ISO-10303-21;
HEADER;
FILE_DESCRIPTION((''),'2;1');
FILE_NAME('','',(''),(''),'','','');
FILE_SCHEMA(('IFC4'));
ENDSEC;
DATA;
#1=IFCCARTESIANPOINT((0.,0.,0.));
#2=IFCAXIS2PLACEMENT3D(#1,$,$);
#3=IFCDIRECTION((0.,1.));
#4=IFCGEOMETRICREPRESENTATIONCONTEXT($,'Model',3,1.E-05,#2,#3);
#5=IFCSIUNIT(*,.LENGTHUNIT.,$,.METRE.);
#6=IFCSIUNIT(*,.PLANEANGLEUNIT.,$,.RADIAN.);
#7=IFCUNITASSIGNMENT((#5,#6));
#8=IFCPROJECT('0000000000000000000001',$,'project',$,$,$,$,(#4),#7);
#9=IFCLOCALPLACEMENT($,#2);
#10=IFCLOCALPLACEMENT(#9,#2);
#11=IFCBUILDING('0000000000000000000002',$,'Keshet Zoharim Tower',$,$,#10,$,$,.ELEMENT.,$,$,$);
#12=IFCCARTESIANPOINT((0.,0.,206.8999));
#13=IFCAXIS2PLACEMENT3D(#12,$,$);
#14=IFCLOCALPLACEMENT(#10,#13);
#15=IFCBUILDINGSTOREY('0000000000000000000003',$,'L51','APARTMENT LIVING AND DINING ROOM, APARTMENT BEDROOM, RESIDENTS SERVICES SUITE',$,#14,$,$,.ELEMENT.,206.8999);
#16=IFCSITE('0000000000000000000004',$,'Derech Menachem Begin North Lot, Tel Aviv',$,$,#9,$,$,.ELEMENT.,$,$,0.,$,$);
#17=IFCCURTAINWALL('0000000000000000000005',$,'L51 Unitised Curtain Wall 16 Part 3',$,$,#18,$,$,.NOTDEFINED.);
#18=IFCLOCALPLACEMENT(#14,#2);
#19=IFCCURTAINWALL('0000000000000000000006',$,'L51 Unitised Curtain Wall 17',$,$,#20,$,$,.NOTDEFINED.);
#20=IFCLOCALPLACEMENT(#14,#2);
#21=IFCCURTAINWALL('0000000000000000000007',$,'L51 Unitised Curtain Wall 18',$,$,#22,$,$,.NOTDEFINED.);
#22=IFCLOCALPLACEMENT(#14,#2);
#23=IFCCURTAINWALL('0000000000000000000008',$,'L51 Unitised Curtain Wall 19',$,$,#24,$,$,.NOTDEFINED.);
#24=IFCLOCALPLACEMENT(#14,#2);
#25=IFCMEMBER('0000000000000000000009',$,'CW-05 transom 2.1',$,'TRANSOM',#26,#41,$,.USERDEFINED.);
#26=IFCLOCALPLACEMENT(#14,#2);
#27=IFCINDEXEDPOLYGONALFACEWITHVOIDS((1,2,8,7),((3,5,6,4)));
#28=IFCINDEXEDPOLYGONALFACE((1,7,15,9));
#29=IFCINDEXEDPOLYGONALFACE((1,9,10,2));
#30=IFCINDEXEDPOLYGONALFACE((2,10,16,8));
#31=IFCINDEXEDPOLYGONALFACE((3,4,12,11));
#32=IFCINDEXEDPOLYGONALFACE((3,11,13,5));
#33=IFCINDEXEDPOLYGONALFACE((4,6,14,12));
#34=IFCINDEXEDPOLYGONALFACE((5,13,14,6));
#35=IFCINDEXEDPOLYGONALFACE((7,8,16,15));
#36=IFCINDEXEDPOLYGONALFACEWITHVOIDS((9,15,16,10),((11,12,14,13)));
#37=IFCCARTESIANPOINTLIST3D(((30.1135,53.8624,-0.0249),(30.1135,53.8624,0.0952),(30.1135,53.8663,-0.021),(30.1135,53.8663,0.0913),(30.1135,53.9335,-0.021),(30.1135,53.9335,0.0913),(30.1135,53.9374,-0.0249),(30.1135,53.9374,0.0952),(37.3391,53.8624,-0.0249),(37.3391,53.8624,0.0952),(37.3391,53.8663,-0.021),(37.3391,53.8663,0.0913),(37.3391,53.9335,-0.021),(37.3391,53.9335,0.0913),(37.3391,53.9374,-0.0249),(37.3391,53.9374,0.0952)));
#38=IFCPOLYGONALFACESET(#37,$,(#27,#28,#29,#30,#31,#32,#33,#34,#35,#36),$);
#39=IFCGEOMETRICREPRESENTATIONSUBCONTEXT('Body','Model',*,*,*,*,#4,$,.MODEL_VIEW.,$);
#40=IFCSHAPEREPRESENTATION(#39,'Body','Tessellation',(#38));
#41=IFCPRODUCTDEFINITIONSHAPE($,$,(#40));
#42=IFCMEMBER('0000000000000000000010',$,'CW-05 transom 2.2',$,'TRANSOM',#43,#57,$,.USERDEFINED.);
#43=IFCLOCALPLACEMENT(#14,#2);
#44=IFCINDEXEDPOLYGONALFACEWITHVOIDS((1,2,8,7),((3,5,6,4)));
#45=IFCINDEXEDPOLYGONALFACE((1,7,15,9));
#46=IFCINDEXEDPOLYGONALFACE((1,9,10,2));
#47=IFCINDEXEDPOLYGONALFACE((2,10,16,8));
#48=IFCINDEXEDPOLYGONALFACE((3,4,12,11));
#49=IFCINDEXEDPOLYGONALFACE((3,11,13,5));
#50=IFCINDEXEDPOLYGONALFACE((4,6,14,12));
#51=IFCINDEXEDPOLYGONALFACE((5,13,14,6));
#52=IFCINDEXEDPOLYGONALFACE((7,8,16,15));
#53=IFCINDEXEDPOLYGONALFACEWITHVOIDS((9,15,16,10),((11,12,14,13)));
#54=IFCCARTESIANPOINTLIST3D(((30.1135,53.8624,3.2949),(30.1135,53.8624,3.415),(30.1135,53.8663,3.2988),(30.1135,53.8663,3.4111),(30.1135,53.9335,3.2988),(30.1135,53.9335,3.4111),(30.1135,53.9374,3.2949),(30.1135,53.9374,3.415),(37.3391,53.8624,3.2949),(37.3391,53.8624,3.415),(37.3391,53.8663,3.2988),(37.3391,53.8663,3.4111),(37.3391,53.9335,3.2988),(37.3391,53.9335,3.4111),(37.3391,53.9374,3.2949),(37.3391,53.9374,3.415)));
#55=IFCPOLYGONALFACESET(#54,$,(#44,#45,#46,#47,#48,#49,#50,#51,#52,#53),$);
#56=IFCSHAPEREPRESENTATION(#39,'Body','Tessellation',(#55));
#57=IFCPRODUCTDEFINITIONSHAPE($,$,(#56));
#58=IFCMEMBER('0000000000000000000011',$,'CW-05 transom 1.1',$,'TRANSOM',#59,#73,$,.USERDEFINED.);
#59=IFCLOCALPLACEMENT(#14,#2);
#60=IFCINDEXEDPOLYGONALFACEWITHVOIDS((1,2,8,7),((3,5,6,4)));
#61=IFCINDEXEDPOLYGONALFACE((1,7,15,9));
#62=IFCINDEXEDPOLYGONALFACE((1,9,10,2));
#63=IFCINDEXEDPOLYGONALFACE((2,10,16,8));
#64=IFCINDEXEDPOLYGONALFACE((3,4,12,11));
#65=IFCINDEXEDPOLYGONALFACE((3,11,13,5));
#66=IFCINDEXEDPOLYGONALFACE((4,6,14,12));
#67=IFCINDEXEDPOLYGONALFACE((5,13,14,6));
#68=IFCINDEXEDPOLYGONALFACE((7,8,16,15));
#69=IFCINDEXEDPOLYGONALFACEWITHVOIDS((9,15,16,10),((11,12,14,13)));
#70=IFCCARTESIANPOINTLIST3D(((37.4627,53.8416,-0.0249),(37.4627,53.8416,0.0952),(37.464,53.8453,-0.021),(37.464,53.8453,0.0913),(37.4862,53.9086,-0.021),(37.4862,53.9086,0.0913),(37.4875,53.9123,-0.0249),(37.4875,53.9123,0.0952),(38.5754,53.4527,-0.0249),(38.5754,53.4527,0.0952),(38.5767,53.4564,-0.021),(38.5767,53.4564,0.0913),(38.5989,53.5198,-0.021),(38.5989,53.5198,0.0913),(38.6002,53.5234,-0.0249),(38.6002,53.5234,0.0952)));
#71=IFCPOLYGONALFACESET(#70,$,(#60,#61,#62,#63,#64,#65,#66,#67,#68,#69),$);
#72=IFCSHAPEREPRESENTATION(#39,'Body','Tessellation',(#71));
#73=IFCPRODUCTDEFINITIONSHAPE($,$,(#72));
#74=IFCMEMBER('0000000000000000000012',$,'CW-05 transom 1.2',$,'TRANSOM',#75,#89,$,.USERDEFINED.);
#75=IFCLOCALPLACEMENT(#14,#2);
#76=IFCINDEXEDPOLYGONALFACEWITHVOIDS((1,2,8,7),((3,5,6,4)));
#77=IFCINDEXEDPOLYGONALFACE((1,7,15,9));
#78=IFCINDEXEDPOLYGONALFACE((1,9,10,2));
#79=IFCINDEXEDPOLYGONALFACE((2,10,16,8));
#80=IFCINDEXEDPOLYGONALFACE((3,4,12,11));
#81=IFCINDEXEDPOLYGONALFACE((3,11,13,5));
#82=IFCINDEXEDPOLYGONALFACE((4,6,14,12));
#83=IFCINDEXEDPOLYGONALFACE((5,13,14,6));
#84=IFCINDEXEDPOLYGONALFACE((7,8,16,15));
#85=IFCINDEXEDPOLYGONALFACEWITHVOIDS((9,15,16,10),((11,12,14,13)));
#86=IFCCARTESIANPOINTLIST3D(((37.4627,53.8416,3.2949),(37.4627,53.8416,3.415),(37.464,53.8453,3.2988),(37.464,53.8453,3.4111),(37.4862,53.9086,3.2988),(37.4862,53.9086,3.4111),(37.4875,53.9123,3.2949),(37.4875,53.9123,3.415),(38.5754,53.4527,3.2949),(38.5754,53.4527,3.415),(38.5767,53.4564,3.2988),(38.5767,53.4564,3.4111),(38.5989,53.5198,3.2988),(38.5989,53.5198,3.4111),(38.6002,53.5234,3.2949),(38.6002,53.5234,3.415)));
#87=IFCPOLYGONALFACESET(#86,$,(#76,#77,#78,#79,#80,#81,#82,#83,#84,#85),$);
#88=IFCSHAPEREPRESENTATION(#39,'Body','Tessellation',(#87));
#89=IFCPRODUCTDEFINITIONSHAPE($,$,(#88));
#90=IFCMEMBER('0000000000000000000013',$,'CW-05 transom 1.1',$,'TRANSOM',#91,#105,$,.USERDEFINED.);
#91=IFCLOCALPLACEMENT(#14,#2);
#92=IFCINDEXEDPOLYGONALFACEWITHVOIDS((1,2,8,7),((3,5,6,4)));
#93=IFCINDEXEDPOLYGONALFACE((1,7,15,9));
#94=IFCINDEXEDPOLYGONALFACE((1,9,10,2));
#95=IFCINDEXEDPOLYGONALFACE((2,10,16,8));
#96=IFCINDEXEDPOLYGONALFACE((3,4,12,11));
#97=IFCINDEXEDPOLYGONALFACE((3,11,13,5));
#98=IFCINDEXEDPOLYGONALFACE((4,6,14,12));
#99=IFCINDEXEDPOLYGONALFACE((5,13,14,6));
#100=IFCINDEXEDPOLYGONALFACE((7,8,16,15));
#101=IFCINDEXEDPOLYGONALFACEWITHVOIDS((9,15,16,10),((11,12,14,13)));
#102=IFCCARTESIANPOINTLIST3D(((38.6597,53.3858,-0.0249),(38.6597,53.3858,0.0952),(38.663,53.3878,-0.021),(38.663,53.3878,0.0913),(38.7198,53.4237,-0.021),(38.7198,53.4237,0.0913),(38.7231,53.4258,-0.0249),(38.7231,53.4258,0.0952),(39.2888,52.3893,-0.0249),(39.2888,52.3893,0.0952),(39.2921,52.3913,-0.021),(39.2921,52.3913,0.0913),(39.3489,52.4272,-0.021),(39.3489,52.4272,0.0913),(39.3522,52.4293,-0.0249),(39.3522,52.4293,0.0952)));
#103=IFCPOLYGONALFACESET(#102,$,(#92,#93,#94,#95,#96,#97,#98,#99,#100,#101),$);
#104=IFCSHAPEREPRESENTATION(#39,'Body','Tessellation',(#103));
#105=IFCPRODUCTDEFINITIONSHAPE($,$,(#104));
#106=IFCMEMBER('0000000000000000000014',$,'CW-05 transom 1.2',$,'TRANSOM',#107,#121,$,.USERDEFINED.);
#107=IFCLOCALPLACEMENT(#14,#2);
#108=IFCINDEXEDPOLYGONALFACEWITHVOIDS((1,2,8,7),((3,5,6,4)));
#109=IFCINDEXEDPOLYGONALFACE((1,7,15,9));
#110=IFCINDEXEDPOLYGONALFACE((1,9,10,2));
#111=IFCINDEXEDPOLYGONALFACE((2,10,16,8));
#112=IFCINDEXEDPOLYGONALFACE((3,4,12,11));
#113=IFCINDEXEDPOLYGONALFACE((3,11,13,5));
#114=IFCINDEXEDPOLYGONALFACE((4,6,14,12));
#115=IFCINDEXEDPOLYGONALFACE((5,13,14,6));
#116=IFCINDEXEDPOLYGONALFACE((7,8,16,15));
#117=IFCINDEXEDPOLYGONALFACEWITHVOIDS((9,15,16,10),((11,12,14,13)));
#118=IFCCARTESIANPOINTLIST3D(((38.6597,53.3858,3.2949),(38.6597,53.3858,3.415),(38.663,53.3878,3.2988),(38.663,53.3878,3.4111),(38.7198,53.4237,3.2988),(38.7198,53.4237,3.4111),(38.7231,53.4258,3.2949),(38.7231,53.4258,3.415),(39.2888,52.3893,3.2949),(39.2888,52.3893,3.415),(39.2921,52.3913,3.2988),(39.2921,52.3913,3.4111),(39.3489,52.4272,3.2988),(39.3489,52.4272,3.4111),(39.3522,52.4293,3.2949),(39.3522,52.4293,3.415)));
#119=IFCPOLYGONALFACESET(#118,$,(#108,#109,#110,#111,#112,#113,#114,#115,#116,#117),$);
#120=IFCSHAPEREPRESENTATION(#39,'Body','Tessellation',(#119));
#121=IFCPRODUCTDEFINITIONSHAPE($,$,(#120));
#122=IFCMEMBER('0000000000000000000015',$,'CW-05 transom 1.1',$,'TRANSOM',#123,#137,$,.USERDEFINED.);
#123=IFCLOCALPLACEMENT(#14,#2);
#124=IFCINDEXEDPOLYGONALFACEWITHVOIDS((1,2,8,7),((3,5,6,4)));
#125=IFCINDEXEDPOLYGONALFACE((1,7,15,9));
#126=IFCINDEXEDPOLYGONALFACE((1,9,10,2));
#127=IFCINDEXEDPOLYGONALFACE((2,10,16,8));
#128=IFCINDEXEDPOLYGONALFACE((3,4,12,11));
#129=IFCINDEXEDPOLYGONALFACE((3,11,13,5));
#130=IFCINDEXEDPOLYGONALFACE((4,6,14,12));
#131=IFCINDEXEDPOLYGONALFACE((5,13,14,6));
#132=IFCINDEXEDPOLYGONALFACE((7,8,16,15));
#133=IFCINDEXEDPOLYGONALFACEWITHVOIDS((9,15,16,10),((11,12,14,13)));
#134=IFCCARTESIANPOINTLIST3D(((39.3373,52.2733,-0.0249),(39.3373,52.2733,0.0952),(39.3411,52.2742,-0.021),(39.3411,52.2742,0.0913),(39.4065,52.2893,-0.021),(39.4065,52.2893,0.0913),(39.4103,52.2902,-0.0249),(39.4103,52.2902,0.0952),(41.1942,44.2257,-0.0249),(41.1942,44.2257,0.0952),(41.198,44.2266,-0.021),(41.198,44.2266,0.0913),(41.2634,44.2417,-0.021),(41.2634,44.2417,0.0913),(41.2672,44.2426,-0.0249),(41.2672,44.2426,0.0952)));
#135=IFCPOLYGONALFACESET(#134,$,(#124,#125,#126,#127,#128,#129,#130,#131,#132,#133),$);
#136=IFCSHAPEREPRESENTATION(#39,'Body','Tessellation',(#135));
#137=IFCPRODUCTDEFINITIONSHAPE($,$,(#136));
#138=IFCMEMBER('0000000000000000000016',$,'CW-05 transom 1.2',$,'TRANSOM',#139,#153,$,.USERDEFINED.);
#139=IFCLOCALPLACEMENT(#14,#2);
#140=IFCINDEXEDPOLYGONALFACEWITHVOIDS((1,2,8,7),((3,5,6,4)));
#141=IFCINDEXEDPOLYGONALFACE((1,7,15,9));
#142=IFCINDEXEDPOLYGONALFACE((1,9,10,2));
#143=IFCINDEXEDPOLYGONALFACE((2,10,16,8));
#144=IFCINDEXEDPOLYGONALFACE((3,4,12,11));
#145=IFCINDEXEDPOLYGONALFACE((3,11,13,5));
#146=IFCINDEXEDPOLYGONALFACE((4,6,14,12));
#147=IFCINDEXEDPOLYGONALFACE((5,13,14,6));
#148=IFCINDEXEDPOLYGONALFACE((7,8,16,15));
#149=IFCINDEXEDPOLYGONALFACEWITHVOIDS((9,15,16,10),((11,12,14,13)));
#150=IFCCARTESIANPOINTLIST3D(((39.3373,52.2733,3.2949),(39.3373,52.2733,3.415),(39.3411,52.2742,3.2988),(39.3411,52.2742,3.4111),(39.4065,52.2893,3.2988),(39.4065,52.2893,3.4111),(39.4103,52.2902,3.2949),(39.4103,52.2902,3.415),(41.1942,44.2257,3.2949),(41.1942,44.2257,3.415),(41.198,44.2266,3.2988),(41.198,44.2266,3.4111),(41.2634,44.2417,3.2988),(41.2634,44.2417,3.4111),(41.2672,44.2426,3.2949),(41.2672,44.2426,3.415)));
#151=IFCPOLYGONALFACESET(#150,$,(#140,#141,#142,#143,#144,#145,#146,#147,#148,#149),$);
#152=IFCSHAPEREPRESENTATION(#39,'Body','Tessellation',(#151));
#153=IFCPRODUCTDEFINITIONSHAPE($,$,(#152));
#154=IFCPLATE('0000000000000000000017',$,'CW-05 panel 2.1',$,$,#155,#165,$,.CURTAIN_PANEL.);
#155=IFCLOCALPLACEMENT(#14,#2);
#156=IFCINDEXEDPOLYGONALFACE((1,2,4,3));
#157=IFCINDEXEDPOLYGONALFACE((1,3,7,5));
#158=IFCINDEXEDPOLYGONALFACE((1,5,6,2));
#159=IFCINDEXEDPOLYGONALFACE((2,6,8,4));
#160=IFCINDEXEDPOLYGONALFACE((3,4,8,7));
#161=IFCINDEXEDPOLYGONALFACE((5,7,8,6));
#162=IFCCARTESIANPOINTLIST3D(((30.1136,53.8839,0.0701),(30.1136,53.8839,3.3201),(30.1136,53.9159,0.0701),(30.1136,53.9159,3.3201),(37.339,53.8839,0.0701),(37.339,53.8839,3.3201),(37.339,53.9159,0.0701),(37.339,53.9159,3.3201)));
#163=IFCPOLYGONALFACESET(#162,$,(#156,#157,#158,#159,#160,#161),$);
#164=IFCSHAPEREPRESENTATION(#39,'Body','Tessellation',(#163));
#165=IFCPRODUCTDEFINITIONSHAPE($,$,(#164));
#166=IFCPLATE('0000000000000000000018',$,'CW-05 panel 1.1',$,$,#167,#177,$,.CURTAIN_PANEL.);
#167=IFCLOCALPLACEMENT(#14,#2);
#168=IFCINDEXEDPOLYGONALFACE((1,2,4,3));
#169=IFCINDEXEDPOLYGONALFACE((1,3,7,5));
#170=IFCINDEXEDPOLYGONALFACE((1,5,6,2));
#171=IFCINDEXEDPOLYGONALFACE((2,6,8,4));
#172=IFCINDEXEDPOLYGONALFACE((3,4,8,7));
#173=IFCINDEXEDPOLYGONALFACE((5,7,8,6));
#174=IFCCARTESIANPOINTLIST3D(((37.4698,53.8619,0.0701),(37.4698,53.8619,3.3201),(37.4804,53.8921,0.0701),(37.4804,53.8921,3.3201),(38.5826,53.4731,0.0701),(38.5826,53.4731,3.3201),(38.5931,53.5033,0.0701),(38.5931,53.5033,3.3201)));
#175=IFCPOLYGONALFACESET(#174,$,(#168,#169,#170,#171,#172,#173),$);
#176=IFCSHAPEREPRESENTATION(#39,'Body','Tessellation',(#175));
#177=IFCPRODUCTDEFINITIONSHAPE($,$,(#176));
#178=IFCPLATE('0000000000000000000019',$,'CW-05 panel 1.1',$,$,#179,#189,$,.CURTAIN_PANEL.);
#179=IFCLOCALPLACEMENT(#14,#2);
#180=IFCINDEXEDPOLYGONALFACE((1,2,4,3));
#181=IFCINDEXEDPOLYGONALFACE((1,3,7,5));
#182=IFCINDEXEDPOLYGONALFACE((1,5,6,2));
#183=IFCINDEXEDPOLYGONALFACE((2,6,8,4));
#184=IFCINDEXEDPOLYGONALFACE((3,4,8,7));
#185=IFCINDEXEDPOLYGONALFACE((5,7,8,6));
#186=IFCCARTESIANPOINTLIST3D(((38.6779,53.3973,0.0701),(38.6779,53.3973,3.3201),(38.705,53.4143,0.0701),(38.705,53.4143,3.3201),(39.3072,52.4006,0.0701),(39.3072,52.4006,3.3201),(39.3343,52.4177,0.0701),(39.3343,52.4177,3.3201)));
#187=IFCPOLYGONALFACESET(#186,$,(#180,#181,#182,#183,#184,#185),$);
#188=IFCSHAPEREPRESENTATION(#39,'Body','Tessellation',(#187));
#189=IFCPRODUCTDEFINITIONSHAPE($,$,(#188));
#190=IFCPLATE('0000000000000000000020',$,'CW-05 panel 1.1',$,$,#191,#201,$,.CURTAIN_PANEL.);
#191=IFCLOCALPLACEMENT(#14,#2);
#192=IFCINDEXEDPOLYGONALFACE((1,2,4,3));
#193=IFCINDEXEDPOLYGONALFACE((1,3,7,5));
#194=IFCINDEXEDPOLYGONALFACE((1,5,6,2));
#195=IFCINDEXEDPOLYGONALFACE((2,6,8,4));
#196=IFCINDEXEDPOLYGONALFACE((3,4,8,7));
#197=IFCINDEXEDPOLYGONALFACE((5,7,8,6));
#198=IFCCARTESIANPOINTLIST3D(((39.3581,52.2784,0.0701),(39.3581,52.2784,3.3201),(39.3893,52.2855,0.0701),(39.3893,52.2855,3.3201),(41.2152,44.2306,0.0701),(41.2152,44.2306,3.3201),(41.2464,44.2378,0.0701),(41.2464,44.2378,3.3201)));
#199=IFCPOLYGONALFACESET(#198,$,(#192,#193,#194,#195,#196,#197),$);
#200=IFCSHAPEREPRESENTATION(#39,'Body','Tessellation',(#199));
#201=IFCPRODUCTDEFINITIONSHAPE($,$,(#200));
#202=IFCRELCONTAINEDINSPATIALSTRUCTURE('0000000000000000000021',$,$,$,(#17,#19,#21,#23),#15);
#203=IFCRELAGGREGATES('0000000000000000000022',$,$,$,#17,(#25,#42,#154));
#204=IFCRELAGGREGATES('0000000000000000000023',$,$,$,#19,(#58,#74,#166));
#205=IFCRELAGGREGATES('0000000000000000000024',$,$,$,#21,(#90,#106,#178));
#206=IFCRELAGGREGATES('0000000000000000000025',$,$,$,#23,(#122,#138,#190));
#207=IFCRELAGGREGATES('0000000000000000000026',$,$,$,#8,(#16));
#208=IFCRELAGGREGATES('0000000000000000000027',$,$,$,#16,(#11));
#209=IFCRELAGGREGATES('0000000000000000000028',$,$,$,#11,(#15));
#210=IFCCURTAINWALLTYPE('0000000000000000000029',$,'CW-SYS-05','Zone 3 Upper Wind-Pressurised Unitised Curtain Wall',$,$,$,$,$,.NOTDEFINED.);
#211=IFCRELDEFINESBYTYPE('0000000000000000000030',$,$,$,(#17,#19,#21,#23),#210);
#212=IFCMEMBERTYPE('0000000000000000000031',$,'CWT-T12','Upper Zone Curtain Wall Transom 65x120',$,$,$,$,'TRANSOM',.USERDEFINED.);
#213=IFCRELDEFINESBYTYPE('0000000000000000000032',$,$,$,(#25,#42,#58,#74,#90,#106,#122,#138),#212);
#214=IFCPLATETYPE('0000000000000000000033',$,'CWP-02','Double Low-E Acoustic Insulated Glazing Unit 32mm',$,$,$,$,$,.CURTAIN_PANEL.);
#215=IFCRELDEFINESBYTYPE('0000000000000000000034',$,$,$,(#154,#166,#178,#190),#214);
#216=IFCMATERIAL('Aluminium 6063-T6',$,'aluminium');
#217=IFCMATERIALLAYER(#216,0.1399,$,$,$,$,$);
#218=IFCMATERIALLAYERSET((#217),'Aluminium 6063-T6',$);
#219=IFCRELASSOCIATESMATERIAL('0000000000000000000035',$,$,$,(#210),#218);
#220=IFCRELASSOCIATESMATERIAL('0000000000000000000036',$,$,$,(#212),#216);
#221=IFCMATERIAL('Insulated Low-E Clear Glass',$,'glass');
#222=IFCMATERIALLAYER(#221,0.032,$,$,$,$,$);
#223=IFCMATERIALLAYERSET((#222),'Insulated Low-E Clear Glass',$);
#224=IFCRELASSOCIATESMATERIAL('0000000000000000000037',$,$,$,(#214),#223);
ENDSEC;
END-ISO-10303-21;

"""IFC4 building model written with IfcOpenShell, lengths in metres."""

from ifc_helpers import new_model, si_unit, direction, frame, origin, origin_2d, place, context, subcontext, project, spatial, rectangle, hollow_rectangle, extrude, material, layer, layer_set, material_profile, profile_set, type_object, element, aggregate, save


model = new_model("IFC4")

# Units and contexts
model_context = context("Model", 3, precision=1e-05, world=origin(), true_north=direction((0.0, 1.0)))
body_context = subcontext(model_context, "Body", "Model", "MODEL_VIEW")
ifc_project = project(units=[si_unit("LENGTHUNIT", "METRE"), si_unit("PLANEANGLEUNIT", "RADIAN")], contexts=[model_context])

# Site, building, storey
site_placement = place(None, origin())
site = spatial("IfcSite", under=ifc_project, at=site_placement, Name="Derech Menachem Begin North Lot, Tel Aviv", CompositionType="ELEMENT", RefElevation=0.0)
building_placement = place(site_placement, origin())
building = spatial("IfcBuilding", under=site, at=building_placement, Name="Keshet Zoharim Tower", CompositionType="ELEMENT")
storey_placement = place(building_placement, frame((0.0, 0.0, 206.8999)))
storey = spatial("IfcBuildingStorey", under=building, at=storey_placement, Name="L51", Description="APARTMENT LIVING AND DINING ROOM, APARTMENT BEDROOM, RESIDENTS SERVICES SUITE", CompositionType="ELEMENT", Elevation=206.8999)

# Curtain walls
ifc_material_1 = material(Name="Aluminium 6063-T6", Category="aluminium")
ifc_layer_1 = layer(ifc_material_1, 0.1399)
ifc_layer_set_1 = layer_set([ifc_layer_1], Name="Aluminium 6063-T6")
curtain_wall_type = type_object("IfcCurtainWallType", Name="CW-SYS-05", Description="Zone 3 Upper Wind-Pressurised Unitised Curtain Wall", PredefinedType="NOTDEFINED", material=ifc_layer_set_1)
curtain_wall_1_placement = place(storey_placement, origin())
curtain_wall_1 = element("IfcCurtainWall", 1, at=curtain_wall_1_placement, inside=storey, type_object=curtain_wall_type, Name="L51 Unitised Curtain Wall 16 Part 3", PredefinedType="NOTDEFINED")
curtain_wall_2_placement = place(storey_placement, origin())
curtain_wall_2 = element("IfcCurtainWall", 2, at=curtain_wall_2_placement, inside=storey, type_object=curtain_wall_type, Name="L51 Unitised Curtain Wall 17", PredefinedType="NOTDEFINED")
curtain_wall_3_placement = place(storey_placement, origin())
curtain_wall_3 = element("IfcCurtainWall", 3, at=curtain_wall_3_placement, inside=storey, type_object=curtain_wall_type, Name="L51 Unitised Curtain Wall 18", PredefinedType="NOTDEFINED")
curtain_wall_4_placement = place(storey_placement, origin())
curtain_wall_4 = element("IfcCurtainWall", 4, at=curtain_wall_4_placement, inside=storey, type_object=curtain_wall_type, Name="L51 Unitised Curtain Wall 19", PredefinedType="NOTDEFINED")

# Members
ifc_material_profile_1 = material_profile(ifc_material_1, hollow_rectangle(XDim=0.075, YDim=0.1201, WallThickness=0.0039, at=origin_2d()), Name="TRN-75x120")
ifc_profile_set_1 = profile_set([ifc_material_profile_1], Name="Aluminium 6063-T6")
member_type_1 = type_object("IfcMemberType", Name="CWT-T12", Description="Upper Zone Curtain Wall Transom 65x120", ElementType="TRANSOM", PredefinedType="USERDEFINED", material=ifc_profile_set_1)
member_1_placement = place(storey_placement, frame((30.1135, 53.8999, 0.0352), z_axis=(1.0, 0.0, 0.0), x_axis=(0.0, 1.0, 0.0)))
member_1 = element("IfcMember", 5, at=member_1_placement, type_object=member_type_1, Name="CW-05 transom 2.1", ObjectType="TRANSOM", PredefinedType="USERDEFINED", context=body_context, shape_type="SweptSolid", body=[
    extrude(hollow_rectangle(XDim=0.075, YDim=0.1201, WallThickness=0.0039, at=origin_2d()), origin(), (0.0, 0.0, 1.0), 7.2256),
])
member_2_placement = place(storey_placement, frame((30.1135, 53.8999, 3.355), z_axis=(1.0, 0.0, 0.0), x_axis=(0.0, 1.0, 0.0)))
member_2 = element("IfcMember", 6, at=member_2_placement, type_object=member_type_1, Name="CW-05 transom 2.2", ObjectType="TRANSOM", PredefinedType="USERDEFINED", context=body_context, shape_type="SweptSolid", body=[
    extrude(hollow_rectangle(XDim=0.075, YDim=0.1201, WallThickness=0.0039, at=origin_2d()), origin(), (0.0, 0.0, 1.0), 7.2256),
])
member_3_placement = place(storey_placement, frame((37.4751, 53.877, 0.0352), z_axis=(0.944007, -0.329926, 0.0), x_axis=(0.329926, 0.944007, 0.0)))
member_3 = element("IfcMember", 7, at=member_3_placement, type_object=member_type_1, Name="CW-05 transom 1.1", ObjectType="TRANSOM", PredefinedType="USERDEFINED", context=body_context, shape_type="SweptSolid", body=[
    extrude(hollow_rectangle(XDim=0.075, YDim=0.1201, WallThickness=0.0039, at=origin_2d()), origin(), (0.0, 0.0, 1.0), 1.1787),
])
member_4_placement = place(storey_placement, frame((37.4751, 53.877, 3.355), z_axis=(0.944007, -0.329926, 0.0), x_axis=(0.329926, 0.944007, 0.0)))
member_4 = element("IfcMember", 8, at=member_4_placement, type_object=member_type_1, Name="CW-05 transom 1.2", ObjectType="TRANSOM", PredefinedType="USERDEFINED", context=body_context, shape_type="SweptSolid", body=[
    extrude(hollow_rectangle(XDim=0.075, YDim=0.1201, WallThickness=0.0039, at=origin_2d()), origin(), (0.0, 0.0, 1.0), 1.1787),
])
member_5_placement = place(storey_placement, frame((38.6914, 53.4058, 0.0352), z_axis=(0.533829, -0.845592, 0.0), x_axis=(0.845592, 0.533829, 0.0)))
member_5 = element("IfcMember", 9, at=member_5_placement, type_object=member_type_1, Name="CW-05 transom 1.1", ObjectType="TRANSOM", PredefinedType="USERDEFINED", context=body_context, shape_type="SweptSolid", body=[
    extrude(hollow_rectangle(XDim=0.075, YDim=0.1201, WallThickness=0.0039, at=origin_2d()), origin(), (0.0, 0.0, 1.0), 1.1785),
])
member_6_placement = place(storey_placement, frame((38.6914, 53.4058, 3.355), z_axis=(0.533829, -0.845592, 0.0), x_axis=(0.845592, 0.533829, 0.0)))
member_6 = element("IfcMember", 10, at=member_6_placement, type_object=member_type_1, Name="CW-05 transom 1.2", ObjectType="TRANSOM", PredefinedType="USERDEFINED", context=body_context, shape_type="SweptSolid", body=[
    extrude(hollow_rectangle(XDim=0.075, YDim=0.1201, WallThickness=0.0039, at=origin_2d()), origin(), (0.0, 0.0, 1.0), 1.1785),
])
member_7_placement = place(storey_placement, frame((39.3738, 52.2817, 0.0352), z_axis=(0.224836, -0.974397, 0.0), x_axis=(0.974397, 0.224836, 0.0)))
member_7 = element("IfcMember", 11, at=member_7_placement, type_object=member_type_1, Name="CW-05 transom 1.1", ObjectType="TRANSOM", PredefinedType="USERDEFINED", context=body_context, shape_type="SweptSolid", body=[
    extrude(hollow_rectangle(XDim=0.075, YDim=0.1201, WallThickness=0.0039, at=origin_2d()), origin(), (0.0, 0.0, 1.0), 8.259),
])
member_8_placement = place(storey_placement, frame((39.3738, 52.2817, 3.355), z_axis=(0.224836, -0.974397, 0.0), x_axis=(0.974397, 0.224836, 0.0)))
member_8 = element("IfcMember", 12, at=member_8_placement, type_object=member_type_1, Name="CW-05 transom 1.2", ObjectType="TRANSOM", PredefinedType="USERDEFINED", context=body_context, shape_type="SweptSolid", body=[
    extrude(hollow_rectangle(XDim=0.075, YDim=0.1201, WallThickness=0.0039, at=origin_2d()), origin(), (0.0, 0.0, 1.0), 8.259),
])

# Plates
ifc_material_2 = material(Name="Insulated Low-E Clear Glass", Category="glass")
ifc_layer_2 = layer(ifc_material_2, 0.032)
ifc_layer_set_2 = layer_set([ifc_layer_2], Name="Insulated Low-E Clear Glass")
plate_type = type_object("IfcPlateType", Name="CWP-02", Description="Double Low-E Acoustic Insulated Glazing Unit 32mm", PredefinedType="CURTAIN_PANEL", material=ifc_layer_set_2)
plate_1_placement = place(storey_placement, frame((33.7263, 53.8999, 0.0701), z_axis=(0.0, 0.0, 1.0), x_axis=(1.0, 0.0, 0.0)))
plate_1 = element("IfcPlate", 13, at=plate_1_placement, type_object=plate_type, Name="CW-05 panel 2.1", PredefinedType="CURTAIN_PANEL", context=body_context, shape_type="SweptSolid", body=[
    extrude(rectangle(XDim=7.2253, YDim=0.032, at=origin_2d()), origin(), (0.0, 0.0, 1.0), 3.25),
])
aggregate(curtain_wall_1, [member_1, member_2, plate_1])
plate_2_placement = place(storey_placement, frame((38.0315, 53.6826, 0.0701), z_axis=(0.0, 0.0, 1.0), x_axis=(0.944036, -0.329844, 0.0)))
plate_2 = element("IfcPlate", 14, at=plate_2_placement, type_object=plate_type, Name="CW-05 panel 1.1", PredefinedType="CURTAIN_PANEL", context=body_context, shape_type="SweptSolid", body=[
    extrude(rectangle(XDim=1.1787, YDim=0.032, at=origin_2d()), origin(), (0.0, 0.0, 1.0), 3.25),
])
aggregate(curtain_wall_2, [member_3, member_4, plate_2])
plate_3_placement = place(storey_placement, frame((39.0061, 52.9075, 0.0701), z_axis=(0.0, 0.0, 1.0), x_axis=(0.533879, -0.845561, 0.0)))
plate_3 = element("IfcPlate", 15, at=plate_3_placement, type_object=plate_type, Name="CW-05 panel 1.1", PredefinedType="CURTAIN_PANEL", context=body_context, shape_type="SweptSolid", body=[
    extrude(rectangle(XDim=1.1787, YDim=0.032, at=origin_2d()), origin(), (0.0, 0.0, 1.0), 3.25),
])
aggregate(curtain_wall_3, [member_5, member_6, plate_3])
plate_4_placement = place(storey_placement, frame((40.3022, 48.2581, 0.0701), z_axis=(0.0, 0.0, 1.0), x_axis=(0.224848, -0.974394, 0.0)))
plate_4 = element("IfcPlate", 16, at=plate_4_placement, type_object=plate_type, Name="CW-05 panel 1.1", PredefinedType="CURTAIN_PANEL", context=body_context, shape_type="SweptSolid", body=[
    extrude(rectangle(XDim=8.2593, YDim=0.032, at=origin_2d()), origin(), (0.0, 0.0, 1.0), 3.25),
])
aggregate(curtain_wall_4, [member_7, member_8, plate_4])

save(model, "model.ifc")
